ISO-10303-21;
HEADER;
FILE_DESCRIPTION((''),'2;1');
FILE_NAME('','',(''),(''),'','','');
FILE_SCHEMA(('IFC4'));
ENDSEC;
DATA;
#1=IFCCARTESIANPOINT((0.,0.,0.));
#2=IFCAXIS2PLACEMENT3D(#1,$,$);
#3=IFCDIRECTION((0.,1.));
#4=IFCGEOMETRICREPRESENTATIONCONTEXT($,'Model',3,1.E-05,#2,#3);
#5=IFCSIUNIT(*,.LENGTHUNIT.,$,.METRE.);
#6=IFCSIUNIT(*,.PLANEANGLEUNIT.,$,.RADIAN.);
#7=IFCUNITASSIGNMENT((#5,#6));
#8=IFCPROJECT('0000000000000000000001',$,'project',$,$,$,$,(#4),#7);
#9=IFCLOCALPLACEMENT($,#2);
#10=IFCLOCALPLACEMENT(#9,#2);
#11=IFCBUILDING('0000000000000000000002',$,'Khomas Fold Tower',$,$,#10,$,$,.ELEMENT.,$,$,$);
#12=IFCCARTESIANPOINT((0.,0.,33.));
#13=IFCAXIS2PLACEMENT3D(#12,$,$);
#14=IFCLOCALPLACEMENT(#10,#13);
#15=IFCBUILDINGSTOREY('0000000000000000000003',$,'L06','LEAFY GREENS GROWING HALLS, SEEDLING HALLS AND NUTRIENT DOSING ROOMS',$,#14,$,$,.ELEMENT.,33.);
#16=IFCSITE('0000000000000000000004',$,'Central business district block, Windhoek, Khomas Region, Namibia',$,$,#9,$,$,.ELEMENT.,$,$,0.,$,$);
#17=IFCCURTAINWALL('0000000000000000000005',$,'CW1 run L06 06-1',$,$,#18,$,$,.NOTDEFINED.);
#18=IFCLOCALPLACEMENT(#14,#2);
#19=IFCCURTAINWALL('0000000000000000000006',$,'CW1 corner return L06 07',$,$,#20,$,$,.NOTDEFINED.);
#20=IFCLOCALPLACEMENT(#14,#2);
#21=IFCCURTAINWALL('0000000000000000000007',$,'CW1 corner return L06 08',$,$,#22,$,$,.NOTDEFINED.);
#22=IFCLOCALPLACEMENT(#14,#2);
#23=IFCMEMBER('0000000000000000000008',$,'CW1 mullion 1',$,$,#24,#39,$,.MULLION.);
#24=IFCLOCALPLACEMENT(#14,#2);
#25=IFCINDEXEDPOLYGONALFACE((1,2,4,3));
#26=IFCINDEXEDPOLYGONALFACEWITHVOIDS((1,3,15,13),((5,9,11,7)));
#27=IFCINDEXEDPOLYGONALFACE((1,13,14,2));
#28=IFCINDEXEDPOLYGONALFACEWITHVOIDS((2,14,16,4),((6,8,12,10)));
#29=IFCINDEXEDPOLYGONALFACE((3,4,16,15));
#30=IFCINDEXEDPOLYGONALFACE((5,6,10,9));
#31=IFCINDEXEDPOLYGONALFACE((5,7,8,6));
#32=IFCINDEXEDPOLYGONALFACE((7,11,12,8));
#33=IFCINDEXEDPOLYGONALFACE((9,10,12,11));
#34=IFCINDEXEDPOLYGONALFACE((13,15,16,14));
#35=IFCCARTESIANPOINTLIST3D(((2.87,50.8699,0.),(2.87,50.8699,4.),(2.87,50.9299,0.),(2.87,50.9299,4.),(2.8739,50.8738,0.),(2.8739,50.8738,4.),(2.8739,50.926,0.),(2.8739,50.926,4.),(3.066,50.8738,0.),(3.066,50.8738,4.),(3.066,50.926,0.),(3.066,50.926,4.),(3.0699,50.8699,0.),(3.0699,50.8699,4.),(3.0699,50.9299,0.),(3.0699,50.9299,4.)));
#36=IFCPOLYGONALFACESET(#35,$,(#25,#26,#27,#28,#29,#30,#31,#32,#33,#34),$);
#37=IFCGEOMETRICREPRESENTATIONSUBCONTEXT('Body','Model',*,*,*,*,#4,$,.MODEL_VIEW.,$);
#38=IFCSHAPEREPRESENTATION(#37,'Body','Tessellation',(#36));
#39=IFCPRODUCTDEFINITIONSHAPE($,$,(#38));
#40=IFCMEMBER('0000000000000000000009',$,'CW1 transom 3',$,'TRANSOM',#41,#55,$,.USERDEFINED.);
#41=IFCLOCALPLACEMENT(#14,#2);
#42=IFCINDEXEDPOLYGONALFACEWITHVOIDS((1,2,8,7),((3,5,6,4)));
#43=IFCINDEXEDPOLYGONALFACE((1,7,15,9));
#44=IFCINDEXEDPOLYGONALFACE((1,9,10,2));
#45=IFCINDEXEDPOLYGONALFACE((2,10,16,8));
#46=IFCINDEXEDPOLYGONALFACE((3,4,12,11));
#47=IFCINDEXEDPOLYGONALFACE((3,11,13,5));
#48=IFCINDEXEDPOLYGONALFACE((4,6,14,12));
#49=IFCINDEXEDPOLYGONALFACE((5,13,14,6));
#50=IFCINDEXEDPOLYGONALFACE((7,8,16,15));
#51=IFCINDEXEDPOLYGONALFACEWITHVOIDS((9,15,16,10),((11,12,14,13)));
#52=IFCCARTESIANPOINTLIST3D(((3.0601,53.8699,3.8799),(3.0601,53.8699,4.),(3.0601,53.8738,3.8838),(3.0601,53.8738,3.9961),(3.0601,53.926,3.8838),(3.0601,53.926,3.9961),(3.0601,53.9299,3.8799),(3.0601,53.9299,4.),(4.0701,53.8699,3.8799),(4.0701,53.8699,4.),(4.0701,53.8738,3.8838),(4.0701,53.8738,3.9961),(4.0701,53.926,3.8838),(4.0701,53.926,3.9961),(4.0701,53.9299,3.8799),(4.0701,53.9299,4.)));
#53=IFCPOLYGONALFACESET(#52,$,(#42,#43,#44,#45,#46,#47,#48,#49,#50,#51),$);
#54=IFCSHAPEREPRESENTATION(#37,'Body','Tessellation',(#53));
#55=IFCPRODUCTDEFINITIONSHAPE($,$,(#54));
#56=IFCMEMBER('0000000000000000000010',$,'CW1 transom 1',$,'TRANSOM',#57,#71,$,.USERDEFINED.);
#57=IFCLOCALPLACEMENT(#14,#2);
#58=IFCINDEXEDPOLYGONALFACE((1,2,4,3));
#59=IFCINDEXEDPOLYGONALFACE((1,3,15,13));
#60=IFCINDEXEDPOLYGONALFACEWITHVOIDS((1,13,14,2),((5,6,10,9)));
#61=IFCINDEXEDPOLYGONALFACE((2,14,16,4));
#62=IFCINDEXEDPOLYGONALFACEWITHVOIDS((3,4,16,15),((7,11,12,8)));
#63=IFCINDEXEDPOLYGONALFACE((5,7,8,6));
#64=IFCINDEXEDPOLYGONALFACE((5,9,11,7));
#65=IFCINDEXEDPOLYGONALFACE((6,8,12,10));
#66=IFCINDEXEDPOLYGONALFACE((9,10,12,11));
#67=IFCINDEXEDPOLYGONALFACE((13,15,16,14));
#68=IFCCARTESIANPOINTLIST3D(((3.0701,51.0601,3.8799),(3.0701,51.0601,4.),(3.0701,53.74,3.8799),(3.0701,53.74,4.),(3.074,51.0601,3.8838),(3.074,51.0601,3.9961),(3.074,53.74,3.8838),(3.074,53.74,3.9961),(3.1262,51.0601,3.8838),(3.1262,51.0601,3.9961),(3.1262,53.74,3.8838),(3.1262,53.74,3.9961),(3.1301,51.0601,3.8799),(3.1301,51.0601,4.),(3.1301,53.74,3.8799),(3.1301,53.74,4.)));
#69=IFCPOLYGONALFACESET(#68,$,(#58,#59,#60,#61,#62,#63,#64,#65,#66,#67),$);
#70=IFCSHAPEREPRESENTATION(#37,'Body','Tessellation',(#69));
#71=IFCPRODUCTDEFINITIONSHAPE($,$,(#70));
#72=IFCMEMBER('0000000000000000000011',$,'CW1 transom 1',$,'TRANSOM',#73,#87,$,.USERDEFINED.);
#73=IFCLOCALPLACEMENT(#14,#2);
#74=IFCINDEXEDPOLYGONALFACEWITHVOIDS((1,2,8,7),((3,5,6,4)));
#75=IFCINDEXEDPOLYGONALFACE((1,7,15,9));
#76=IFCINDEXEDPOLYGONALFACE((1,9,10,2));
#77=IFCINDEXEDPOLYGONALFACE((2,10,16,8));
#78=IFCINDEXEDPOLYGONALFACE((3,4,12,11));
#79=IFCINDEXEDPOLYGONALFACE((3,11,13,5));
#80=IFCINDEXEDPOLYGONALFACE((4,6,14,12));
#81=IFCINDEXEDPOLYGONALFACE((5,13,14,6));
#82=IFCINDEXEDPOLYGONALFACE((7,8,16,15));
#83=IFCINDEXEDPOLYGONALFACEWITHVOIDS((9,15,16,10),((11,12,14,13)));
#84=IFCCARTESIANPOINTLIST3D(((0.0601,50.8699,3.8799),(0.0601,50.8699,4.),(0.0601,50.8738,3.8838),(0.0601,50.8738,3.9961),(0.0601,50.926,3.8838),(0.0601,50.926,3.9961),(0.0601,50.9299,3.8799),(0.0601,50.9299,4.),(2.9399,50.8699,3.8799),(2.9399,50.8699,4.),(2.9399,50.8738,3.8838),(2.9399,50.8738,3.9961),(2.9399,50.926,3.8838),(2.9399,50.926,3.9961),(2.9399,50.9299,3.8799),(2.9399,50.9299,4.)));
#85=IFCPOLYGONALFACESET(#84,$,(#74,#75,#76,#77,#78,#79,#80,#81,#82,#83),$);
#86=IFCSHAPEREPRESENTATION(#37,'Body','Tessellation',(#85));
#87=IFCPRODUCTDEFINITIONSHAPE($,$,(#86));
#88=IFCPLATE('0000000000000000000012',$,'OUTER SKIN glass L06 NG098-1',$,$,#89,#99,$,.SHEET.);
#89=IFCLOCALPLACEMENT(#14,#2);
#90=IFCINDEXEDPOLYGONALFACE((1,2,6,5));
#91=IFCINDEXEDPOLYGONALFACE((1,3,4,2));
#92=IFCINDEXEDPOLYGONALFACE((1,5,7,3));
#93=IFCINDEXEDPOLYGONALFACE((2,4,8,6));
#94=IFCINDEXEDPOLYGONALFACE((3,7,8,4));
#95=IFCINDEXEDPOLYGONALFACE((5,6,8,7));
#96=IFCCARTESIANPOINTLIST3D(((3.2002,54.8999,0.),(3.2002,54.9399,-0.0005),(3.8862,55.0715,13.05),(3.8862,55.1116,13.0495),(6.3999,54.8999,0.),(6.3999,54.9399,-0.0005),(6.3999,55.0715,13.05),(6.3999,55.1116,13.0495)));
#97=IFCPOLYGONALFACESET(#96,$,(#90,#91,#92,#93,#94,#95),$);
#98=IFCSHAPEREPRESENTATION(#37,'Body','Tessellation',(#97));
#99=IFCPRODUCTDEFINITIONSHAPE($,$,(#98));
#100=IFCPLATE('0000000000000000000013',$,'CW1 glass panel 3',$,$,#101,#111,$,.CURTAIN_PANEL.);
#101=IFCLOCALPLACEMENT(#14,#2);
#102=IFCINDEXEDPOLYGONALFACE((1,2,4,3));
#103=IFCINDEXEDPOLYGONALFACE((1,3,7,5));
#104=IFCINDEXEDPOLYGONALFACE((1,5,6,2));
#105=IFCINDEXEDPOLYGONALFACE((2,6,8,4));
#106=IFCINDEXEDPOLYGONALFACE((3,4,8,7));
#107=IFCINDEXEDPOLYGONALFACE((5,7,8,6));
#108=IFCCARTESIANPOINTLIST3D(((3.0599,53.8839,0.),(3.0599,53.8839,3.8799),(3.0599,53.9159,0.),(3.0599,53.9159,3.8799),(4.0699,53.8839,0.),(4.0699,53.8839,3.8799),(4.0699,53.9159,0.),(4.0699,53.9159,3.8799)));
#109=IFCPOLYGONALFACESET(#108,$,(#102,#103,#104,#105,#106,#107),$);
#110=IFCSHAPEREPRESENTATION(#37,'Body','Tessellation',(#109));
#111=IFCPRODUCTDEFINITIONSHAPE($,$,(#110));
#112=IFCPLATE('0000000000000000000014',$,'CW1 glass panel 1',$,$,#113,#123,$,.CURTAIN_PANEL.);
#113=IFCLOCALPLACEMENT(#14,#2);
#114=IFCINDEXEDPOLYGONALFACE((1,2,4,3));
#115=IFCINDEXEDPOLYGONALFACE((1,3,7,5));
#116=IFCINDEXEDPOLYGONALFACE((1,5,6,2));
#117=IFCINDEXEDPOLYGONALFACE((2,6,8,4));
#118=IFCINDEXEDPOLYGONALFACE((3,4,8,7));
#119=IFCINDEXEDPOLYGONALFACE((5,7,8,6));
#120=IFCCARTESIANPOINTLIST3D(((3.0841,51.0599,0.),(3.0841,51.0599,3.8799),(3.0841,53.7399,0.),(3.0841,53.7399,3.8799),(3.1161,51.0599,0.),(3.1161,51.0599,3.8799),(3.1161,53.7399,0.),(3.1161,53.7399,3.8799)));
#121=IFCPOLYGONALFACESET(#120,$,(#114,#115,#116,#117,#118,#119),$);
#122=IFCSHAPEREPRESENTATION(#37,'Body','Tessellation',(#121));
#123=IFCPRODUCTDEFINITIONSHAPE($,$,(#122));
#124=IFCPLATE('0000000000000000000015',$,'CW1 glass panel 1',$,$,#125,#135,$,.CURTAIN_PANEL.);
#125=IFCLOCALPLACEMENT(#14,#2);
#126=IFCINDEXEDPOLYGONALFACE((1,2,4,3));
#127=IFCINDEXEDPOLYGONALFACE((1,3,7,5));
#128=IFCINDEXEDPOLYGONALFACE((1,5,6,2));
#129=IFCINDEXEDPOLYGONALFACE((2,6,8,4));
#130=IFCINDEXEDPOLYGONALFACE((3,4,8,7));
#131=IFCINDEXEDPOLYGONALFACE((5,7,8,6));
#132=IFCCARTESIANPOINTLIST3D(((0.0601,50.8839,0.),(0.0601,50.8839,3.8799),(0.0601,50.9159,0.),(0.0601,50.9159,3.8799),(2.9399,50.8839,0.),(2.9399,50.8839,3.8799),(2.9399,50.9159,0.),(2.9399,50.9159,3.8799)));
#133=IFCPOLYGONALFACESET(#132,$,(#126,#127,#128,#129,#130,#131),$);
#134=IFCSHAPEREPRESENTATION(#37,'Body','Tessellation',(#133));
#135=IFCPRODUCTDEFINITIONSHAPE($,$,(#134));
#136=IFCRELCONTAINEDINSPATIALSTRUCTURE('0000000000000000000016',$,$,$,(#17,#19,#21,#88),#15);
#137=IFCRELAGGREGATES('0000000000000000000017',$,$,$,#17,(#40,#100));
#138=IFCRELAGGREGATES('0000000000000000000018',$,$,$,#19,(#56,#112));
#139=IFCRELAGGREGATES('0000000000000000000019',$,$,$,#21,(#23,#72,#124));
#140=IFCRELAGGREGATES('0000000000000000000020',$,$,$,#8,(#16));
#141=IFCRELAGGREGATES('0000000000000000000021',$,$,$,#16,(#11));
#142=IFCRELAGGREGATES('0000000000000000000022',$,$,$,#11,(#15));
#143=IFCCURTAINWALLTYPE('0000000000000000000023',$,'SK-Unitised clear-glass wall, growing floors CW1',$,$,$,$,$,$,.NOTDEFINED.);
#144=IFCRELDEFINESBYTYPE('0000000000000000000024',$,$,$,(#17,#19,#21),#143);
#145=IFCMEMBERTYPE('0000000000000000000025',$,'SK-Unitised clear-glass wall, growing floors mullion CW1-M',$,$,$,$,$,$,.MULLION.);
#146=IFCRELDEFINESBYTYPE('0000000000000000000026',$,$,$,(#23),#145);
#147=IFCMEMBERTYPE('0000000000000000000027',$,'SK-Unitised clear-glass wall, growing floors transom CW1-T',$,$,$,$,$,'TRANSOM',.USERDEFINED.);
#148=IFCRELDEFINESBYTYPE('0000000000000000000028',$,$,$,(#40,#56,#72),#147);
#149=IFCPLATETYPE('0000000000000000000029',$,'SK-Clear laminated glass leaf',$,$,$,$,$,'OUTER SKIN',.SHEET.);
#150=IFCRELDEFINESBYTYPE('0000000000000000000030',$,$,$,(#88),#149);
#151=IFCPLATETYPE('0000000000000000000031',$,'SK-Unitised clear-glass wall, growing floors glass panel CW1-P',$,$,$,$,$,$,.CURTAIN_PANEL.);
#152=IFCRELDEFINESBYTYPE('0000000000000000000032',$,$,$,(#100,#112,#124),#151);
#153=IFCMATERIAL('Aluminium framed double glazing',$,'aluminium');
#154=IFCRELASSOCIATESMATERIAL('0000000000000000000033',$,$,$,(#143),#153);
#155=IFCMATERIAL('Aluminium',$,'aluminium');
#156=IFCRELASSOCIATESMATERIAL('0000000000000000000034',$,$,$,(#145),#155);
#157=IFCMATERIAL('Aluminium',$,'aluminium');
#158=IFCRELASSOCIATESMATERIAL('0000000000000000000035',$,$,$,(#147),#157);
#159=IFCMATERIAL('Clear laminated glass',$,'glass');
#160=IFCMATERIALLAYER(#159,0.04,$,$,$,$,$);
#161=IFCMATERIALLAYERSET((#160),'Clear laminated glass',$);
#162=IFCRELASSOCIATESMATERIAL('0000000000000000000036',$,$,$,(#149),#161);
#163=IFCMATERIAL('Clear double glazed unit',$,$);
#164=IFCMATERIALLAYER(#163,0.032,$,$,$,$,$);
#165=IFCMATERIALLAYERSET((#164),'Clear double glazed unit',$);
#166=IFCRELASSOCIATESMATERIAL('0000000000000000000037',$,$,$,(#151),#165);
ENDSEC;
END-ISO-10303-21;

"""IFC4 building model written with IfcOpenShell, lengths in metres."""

from ifc_helpers import new_model, si_unit, direction, frame, origin, origin_2d, place, context, subcontext, project, spatial, polyline, rectangle, hollow_rectangle, outline, extrude, source, transform, mapped, material, layer, layer_set, material_profile, profile_set, type_object, element, aggregate, save


model = new_model("IFC4")

# Units and contexts
model_context = context("Model", 3, precision=1e-05, world=origin(), true_north=direction((0.0, 1.0)))
body_context = subcontext(model_context, "Body", "Model", "MODEL_VIEW")
ifc_project = project(units=[si_unit("LENGTHUNIT", "METRE"), si_unit("PLANEANGLEUNIT", "RADIAN")], contexts=[model_context])

# Site, building, storey
site_placement = place(None, origin())
site = spatial("IfcSite", under=ifc_project, at=site_placement, Name="Central business district block, Windhoek, Khomas Region, Namibia", CompositionType="ELEMENT", RefElevation=0.0)
building_placement = place(site_placement, origin())
building = spatial("IfcBuilding", under=site, at=building_placement, Name="Khomas Fold Tower", CompositionType="ELEMENT")
storey_placement = place(building_placement, frame((0.0, 0.0, 33.0)))
storey = spatial("IfcBuildingStorey", under=building, at=storey_placement, Name="L06", Description="LEAFY GREENS GROWING HALLS, SEEDLING HALLS AND NUTRIENT DOSING ROOMS", CompositionType="ELEMENT", Elevation=33.0)

# Curtain walls
ifc_material_1 = material(Name="Aluminium framed double glazing", Category="aluminium")
curtain_wall_type = type_object("IfcCurtainWallType", Name="SK-Unitised clear-glass wall, growing floors CW1", PredefinedType="NOTDEFINED", material=ifc_material_1)
curtain_wall_1_placement = place(storey_placement, origin())
curtain_wall_1 = element("IfcCurtainWall", 1, at=curtain_wall_1_placement, inside=storey, type_object=curtain_wall_type, Name="CW1 run L06 06-1", PredefinedType="NOTDEFINED")
ifc_material_2 = material(Name="Aluminium", Category="aluminium")
ifc_material_profile_1 = material_profile(ifc_material_2, hollow_rectangle(XDim=0.0601, YDim=0.2, WallThickness=0.0039, at=origin_2d()), Name="SK-Unitised clear-glass wall, growing floors mullion CW1-M")
ifc_profile_set_1 = profile_set([ifc_material_profile_1], Name="Aluminium")
member_type_1 = type_object("IfcMemberType", Name="SK-Unitised clear-glass wall, growing floors mullion CW1-M", PredefinedType="MULLION", material=ifc_profile_set_1)
shared_shape_1 = source(origin(), body_context, "Body", "SweptSolid", [
    extrude(hollow_rectangle(XDim=0.0601, YDim=0.2, WallThickness=0.0039, at=origin_2d()), origin(), (0.0, 0.0, 1.0), 4.0),
])
curtain_wall_2_placement = place(storey_placement, origin())
curtain_wall_2 = element("IfcCurtainWall", 2, at=curtain_wall_2_placement, inside=storey, type_object=curtain_wall_type, Name="CW1 corner return L06 07", PredefinedType="NOTDEFINED")

# Curtain wall, member
curtain_wall_3_placement = place(storey_placement, origin())
curtain_wall_3 = element("IfcCurtainWall", 3, at=curtain_wall_3_placement, inside=storey, type_object=curtain_wall_type, Name="CW1 corner return L06 08", PredefinedType="NOTDEFINED")
member_1_placement = place(storey_placement, frame((2.97, 50.8999, 0.0), z_axis=(0.0, 0.0, 1.0), x_axis=(0.0, -1.0, 0.0)))
member_1 = element("IfcMember", 4, at=member_1_placement, type_object=member_type_1, Name="CW1 mullion 1", PredefinedType="MULLION", context=body_context, shape_type="MappedRepresentation", body=[
    mapped(shared_shape_1, transform((0.0, 0.0, 0.0))),
])

# Members
ifc_material_3 = material(Name="Aluminium", Category="aluminium")
ifc_material_profile_2 = material_profile(ifc_material_3, hollow_rectangle(XDim=0.0601, YDim=0.1201, WallThickness=0.0039, at=origin_2d()), Name="SK-Unitised clear-glass wall, growing floors transom CW1-T")
ifc_profile_set_2 = profile_set([ifc_material_profile_2], Name="Aluminium")
member_type_2 = type_object("IfcMemberType", Name="SK-Unitised clear-glass wall, growing floors transom CW1-T", ElementType="TRANSOM", PredefinedType="USERDEFINED", material=ifc_profile_set_2)
shared_shape_2 = source(origin(), body_context, "Body", "SweptSolid", [
    extrude(hollow_rectangle(XDim=0.0601, YDim=0.1201, WallThickness=0.0039, at=origin_2d()), origin(), (0.0, 0.0, 1.0), 1.01),
])
member_2_placement = place(storey_placement, frame((4.0701, 53.8999, 3.9399), z_axis=(-1.0, 0.0, 0.0), x_axis=(0.0, -1.0, 0.0)))
member_2 = element("IfcMember", 5, at=member_2_placement, type_object=member_type_2, Name="CW1 transom 3", ObjectType="TRANSOM", PredefinedType="USERDEFINED", context=body_context, shape_type="MappedRepresentation", body=[
    mapped(shared_shape_2, transform((0.0, 0.0, 0.0))),
])
shared_shape_3 = source(origin(), body_context, "Body", "SweptSolid", [
    extrude(hollow_rectangle(XDim=0.0601, YDim=0.1201, WallThickness=0.0039, at=origin_2d()), origin(), (0.0, 0.0, 1.0), 2.6799),
])
member_3_placement = place(storey_placement, frame((3.1001, 53.74, 3.9399), z_axis=(0.0, -1.0, 0.0), x_axis=(1.0, 0.0, 0.0)))
member_3 = element("IfcMember", 6, at=member_3_placement, type_object=member_type_2, Name="CW1 transom 1", ObjectType="TRANSOM", PredefinedType="USERDEFINED", context=body_context, shape_type="MappedRepresentation", body=[
    mapped(shared_shape_3, transform((0.0, 0.0, 0.0))),
])
shared_shape_4 = source(origin(), body_context, "Body", "SweptSolid", [
    extrude(hollow_rectangle(XDim=0.0601, YDim=0.1201, WallThickness=0.0039, at=origin_2d()), origin(), (0.0, 0.0, 1.0), 2.8799),
])
member_4_placement = place(storey_placement, frame((2.9399, 50.8999, 3.9399), z_axis=(-1.0, 0.0, 0.0), x_axis=(0.0, -1.0, 0.0)))
member_4 = element("IfcMember", 7, at=member_4_placement, type_object=member_type_2, Name="CW1 transom 1", ObjectType="TRANSOM", PredefinedType="USERDEFINED", context=body_context, shape_type="MappedRepresentation", body=[
    mapped(shared_shape_4, transform((0.0, 0.0, 0.0))),
])

# Plates
ifc_material_4 = material(Name="Clear laminated glass", Category="glass")
ifc_layer_1 = layer(ifc_material_4, 0.04)
ifc_layer_set_1 = layer_set([ifc_layer_1], Name="Clear laminated glass")
plate_type_1 = type_object("IfcPlateType", Name="SK-Clear laminated glass leaf", ElementType="OUTER SKIN", PredefinedType="SHEET", material=ifc_layer_set_1)
plate_1_placement = place(storey_placement, frame((6.3999, 54.8999, 0.0), z_axis=(0.0, -0.999914, 0.013151), x_axis=(-1.0, 0.0, 0.0)))
element("IfcPlate", 8, at=plate_1_placement, inside=storey, type_object=plate_type_1, Name="OUTER SKIN glass L06 NG098-1", PredefinedType="SHEET", context=body_context, shape_type="SweptSolid", body=[
    extrude(outline(polyline([(0.0, 0.0), (3.1997, 0.0), (2.5137, -13.0512), (0.0, -13.0512), (0.0, 0.0)])), origin(), (0.0, 0.0, -1.0), 0.04),
])
ifc_material_5 = material(Name="Clear double glazed unit")
ifc_layer_2 = layer(ifc_material_5, 0.032)
ifc_layer_set_2 = layer_set([ifc_layer_2], Name="Clear double glazed unit")
plate_type_2 = type_object("IfcPlateType", Name="SK-Unitised clear-glass wall, growing floors glass panel CW1-P", PredefinedType="CURTAIN_PANEL", material=ifc_layer_set_2)
shared_shape_5 = source(origin(), body_context, "Body", "SweptSolid", [
    extrude(rectangle(XDim=1.01, YDim=0.032, at=origin_2d()), origin(), (0.0, 0.0, 1.0), 3.8799),
])
plate_2_placement = place(storey_placement, frame((3.5649, 53.8999, 0.0), z_axis=(0.0, 0.0, 1.0), x_axis=(-1.0, 0.0, 0.0)))
plate_2 = element("IfcPlate", 9, at=plate_2_placement, type_object=plate_type_2, Name="CW1 glass panel 3", PredefinedType="CURTAIN_PANEL", context=body_context, shape_type="MappedRepresentation", body=[
    mapped(shared_shape_5, transform((0.0, 0.0, 0.0))),
])
aggregate(curtain_wall_1, [member_2, plate_2])
shared_shape_6 = source(origin(), body_context, "Body", "SweptSolid", [
    extrude(rectangle(XDim=2.6799, YDim=0.032, at=origin_2d()), origin(), (0.0, 0.0, 1.0), 3.8799),
])
plate_3_placement = place(storey_placement, frame((3.1001, 52.3999, 0.0), z_axis=(0.0, 0.0, 1.0), x_axis=(0.0, -1.0, 0.0)))
plate_3 = element("IfcPlate", 10, at=plate_3_placement, type_object=plate_type_2, Name="CW1 glass panel 1", PredefinedType="CURTAIN_PANEL", context=body_context, shape_type="MappedRepresentation", body=[
    mapped(shared_shape_6, transform((0.0, 0.0, 0.0))),
])
aggregate(curtain_wall_2, [member_3, plate_3])
shared_shape_7 = source(origin(), body_context, "Body", "SweptSolid", [
    extrude(rectangle(XDim=2.8799, YDim=0.032, at=origin_2d()), origin(), (0.0, 0.0, 1.0), 3.8799),
])
plate_4_placement = place(storey_placement, frame((1.5, 50.8999, 0.0), z_axis=(0.0, 0.0, 1.0), x_axis=(-1.0, 0.0, 0.0)))
plate_4 = element("IfcPlate", 11, at=plate_4_placement, type_object=plate_type_2, Name="CW1 glass panel 1", PredefinedType="CURTAIN_PANEL", context=body_context, shape_type="MappedRepresentation", body=[
    mapped(shared_shape_7, transform((0.0, 0.0, 0.0))),
])
aggregate(curtain_wall_3, [member_1, member_4, plate_4])

save(model, "model.ifc")
